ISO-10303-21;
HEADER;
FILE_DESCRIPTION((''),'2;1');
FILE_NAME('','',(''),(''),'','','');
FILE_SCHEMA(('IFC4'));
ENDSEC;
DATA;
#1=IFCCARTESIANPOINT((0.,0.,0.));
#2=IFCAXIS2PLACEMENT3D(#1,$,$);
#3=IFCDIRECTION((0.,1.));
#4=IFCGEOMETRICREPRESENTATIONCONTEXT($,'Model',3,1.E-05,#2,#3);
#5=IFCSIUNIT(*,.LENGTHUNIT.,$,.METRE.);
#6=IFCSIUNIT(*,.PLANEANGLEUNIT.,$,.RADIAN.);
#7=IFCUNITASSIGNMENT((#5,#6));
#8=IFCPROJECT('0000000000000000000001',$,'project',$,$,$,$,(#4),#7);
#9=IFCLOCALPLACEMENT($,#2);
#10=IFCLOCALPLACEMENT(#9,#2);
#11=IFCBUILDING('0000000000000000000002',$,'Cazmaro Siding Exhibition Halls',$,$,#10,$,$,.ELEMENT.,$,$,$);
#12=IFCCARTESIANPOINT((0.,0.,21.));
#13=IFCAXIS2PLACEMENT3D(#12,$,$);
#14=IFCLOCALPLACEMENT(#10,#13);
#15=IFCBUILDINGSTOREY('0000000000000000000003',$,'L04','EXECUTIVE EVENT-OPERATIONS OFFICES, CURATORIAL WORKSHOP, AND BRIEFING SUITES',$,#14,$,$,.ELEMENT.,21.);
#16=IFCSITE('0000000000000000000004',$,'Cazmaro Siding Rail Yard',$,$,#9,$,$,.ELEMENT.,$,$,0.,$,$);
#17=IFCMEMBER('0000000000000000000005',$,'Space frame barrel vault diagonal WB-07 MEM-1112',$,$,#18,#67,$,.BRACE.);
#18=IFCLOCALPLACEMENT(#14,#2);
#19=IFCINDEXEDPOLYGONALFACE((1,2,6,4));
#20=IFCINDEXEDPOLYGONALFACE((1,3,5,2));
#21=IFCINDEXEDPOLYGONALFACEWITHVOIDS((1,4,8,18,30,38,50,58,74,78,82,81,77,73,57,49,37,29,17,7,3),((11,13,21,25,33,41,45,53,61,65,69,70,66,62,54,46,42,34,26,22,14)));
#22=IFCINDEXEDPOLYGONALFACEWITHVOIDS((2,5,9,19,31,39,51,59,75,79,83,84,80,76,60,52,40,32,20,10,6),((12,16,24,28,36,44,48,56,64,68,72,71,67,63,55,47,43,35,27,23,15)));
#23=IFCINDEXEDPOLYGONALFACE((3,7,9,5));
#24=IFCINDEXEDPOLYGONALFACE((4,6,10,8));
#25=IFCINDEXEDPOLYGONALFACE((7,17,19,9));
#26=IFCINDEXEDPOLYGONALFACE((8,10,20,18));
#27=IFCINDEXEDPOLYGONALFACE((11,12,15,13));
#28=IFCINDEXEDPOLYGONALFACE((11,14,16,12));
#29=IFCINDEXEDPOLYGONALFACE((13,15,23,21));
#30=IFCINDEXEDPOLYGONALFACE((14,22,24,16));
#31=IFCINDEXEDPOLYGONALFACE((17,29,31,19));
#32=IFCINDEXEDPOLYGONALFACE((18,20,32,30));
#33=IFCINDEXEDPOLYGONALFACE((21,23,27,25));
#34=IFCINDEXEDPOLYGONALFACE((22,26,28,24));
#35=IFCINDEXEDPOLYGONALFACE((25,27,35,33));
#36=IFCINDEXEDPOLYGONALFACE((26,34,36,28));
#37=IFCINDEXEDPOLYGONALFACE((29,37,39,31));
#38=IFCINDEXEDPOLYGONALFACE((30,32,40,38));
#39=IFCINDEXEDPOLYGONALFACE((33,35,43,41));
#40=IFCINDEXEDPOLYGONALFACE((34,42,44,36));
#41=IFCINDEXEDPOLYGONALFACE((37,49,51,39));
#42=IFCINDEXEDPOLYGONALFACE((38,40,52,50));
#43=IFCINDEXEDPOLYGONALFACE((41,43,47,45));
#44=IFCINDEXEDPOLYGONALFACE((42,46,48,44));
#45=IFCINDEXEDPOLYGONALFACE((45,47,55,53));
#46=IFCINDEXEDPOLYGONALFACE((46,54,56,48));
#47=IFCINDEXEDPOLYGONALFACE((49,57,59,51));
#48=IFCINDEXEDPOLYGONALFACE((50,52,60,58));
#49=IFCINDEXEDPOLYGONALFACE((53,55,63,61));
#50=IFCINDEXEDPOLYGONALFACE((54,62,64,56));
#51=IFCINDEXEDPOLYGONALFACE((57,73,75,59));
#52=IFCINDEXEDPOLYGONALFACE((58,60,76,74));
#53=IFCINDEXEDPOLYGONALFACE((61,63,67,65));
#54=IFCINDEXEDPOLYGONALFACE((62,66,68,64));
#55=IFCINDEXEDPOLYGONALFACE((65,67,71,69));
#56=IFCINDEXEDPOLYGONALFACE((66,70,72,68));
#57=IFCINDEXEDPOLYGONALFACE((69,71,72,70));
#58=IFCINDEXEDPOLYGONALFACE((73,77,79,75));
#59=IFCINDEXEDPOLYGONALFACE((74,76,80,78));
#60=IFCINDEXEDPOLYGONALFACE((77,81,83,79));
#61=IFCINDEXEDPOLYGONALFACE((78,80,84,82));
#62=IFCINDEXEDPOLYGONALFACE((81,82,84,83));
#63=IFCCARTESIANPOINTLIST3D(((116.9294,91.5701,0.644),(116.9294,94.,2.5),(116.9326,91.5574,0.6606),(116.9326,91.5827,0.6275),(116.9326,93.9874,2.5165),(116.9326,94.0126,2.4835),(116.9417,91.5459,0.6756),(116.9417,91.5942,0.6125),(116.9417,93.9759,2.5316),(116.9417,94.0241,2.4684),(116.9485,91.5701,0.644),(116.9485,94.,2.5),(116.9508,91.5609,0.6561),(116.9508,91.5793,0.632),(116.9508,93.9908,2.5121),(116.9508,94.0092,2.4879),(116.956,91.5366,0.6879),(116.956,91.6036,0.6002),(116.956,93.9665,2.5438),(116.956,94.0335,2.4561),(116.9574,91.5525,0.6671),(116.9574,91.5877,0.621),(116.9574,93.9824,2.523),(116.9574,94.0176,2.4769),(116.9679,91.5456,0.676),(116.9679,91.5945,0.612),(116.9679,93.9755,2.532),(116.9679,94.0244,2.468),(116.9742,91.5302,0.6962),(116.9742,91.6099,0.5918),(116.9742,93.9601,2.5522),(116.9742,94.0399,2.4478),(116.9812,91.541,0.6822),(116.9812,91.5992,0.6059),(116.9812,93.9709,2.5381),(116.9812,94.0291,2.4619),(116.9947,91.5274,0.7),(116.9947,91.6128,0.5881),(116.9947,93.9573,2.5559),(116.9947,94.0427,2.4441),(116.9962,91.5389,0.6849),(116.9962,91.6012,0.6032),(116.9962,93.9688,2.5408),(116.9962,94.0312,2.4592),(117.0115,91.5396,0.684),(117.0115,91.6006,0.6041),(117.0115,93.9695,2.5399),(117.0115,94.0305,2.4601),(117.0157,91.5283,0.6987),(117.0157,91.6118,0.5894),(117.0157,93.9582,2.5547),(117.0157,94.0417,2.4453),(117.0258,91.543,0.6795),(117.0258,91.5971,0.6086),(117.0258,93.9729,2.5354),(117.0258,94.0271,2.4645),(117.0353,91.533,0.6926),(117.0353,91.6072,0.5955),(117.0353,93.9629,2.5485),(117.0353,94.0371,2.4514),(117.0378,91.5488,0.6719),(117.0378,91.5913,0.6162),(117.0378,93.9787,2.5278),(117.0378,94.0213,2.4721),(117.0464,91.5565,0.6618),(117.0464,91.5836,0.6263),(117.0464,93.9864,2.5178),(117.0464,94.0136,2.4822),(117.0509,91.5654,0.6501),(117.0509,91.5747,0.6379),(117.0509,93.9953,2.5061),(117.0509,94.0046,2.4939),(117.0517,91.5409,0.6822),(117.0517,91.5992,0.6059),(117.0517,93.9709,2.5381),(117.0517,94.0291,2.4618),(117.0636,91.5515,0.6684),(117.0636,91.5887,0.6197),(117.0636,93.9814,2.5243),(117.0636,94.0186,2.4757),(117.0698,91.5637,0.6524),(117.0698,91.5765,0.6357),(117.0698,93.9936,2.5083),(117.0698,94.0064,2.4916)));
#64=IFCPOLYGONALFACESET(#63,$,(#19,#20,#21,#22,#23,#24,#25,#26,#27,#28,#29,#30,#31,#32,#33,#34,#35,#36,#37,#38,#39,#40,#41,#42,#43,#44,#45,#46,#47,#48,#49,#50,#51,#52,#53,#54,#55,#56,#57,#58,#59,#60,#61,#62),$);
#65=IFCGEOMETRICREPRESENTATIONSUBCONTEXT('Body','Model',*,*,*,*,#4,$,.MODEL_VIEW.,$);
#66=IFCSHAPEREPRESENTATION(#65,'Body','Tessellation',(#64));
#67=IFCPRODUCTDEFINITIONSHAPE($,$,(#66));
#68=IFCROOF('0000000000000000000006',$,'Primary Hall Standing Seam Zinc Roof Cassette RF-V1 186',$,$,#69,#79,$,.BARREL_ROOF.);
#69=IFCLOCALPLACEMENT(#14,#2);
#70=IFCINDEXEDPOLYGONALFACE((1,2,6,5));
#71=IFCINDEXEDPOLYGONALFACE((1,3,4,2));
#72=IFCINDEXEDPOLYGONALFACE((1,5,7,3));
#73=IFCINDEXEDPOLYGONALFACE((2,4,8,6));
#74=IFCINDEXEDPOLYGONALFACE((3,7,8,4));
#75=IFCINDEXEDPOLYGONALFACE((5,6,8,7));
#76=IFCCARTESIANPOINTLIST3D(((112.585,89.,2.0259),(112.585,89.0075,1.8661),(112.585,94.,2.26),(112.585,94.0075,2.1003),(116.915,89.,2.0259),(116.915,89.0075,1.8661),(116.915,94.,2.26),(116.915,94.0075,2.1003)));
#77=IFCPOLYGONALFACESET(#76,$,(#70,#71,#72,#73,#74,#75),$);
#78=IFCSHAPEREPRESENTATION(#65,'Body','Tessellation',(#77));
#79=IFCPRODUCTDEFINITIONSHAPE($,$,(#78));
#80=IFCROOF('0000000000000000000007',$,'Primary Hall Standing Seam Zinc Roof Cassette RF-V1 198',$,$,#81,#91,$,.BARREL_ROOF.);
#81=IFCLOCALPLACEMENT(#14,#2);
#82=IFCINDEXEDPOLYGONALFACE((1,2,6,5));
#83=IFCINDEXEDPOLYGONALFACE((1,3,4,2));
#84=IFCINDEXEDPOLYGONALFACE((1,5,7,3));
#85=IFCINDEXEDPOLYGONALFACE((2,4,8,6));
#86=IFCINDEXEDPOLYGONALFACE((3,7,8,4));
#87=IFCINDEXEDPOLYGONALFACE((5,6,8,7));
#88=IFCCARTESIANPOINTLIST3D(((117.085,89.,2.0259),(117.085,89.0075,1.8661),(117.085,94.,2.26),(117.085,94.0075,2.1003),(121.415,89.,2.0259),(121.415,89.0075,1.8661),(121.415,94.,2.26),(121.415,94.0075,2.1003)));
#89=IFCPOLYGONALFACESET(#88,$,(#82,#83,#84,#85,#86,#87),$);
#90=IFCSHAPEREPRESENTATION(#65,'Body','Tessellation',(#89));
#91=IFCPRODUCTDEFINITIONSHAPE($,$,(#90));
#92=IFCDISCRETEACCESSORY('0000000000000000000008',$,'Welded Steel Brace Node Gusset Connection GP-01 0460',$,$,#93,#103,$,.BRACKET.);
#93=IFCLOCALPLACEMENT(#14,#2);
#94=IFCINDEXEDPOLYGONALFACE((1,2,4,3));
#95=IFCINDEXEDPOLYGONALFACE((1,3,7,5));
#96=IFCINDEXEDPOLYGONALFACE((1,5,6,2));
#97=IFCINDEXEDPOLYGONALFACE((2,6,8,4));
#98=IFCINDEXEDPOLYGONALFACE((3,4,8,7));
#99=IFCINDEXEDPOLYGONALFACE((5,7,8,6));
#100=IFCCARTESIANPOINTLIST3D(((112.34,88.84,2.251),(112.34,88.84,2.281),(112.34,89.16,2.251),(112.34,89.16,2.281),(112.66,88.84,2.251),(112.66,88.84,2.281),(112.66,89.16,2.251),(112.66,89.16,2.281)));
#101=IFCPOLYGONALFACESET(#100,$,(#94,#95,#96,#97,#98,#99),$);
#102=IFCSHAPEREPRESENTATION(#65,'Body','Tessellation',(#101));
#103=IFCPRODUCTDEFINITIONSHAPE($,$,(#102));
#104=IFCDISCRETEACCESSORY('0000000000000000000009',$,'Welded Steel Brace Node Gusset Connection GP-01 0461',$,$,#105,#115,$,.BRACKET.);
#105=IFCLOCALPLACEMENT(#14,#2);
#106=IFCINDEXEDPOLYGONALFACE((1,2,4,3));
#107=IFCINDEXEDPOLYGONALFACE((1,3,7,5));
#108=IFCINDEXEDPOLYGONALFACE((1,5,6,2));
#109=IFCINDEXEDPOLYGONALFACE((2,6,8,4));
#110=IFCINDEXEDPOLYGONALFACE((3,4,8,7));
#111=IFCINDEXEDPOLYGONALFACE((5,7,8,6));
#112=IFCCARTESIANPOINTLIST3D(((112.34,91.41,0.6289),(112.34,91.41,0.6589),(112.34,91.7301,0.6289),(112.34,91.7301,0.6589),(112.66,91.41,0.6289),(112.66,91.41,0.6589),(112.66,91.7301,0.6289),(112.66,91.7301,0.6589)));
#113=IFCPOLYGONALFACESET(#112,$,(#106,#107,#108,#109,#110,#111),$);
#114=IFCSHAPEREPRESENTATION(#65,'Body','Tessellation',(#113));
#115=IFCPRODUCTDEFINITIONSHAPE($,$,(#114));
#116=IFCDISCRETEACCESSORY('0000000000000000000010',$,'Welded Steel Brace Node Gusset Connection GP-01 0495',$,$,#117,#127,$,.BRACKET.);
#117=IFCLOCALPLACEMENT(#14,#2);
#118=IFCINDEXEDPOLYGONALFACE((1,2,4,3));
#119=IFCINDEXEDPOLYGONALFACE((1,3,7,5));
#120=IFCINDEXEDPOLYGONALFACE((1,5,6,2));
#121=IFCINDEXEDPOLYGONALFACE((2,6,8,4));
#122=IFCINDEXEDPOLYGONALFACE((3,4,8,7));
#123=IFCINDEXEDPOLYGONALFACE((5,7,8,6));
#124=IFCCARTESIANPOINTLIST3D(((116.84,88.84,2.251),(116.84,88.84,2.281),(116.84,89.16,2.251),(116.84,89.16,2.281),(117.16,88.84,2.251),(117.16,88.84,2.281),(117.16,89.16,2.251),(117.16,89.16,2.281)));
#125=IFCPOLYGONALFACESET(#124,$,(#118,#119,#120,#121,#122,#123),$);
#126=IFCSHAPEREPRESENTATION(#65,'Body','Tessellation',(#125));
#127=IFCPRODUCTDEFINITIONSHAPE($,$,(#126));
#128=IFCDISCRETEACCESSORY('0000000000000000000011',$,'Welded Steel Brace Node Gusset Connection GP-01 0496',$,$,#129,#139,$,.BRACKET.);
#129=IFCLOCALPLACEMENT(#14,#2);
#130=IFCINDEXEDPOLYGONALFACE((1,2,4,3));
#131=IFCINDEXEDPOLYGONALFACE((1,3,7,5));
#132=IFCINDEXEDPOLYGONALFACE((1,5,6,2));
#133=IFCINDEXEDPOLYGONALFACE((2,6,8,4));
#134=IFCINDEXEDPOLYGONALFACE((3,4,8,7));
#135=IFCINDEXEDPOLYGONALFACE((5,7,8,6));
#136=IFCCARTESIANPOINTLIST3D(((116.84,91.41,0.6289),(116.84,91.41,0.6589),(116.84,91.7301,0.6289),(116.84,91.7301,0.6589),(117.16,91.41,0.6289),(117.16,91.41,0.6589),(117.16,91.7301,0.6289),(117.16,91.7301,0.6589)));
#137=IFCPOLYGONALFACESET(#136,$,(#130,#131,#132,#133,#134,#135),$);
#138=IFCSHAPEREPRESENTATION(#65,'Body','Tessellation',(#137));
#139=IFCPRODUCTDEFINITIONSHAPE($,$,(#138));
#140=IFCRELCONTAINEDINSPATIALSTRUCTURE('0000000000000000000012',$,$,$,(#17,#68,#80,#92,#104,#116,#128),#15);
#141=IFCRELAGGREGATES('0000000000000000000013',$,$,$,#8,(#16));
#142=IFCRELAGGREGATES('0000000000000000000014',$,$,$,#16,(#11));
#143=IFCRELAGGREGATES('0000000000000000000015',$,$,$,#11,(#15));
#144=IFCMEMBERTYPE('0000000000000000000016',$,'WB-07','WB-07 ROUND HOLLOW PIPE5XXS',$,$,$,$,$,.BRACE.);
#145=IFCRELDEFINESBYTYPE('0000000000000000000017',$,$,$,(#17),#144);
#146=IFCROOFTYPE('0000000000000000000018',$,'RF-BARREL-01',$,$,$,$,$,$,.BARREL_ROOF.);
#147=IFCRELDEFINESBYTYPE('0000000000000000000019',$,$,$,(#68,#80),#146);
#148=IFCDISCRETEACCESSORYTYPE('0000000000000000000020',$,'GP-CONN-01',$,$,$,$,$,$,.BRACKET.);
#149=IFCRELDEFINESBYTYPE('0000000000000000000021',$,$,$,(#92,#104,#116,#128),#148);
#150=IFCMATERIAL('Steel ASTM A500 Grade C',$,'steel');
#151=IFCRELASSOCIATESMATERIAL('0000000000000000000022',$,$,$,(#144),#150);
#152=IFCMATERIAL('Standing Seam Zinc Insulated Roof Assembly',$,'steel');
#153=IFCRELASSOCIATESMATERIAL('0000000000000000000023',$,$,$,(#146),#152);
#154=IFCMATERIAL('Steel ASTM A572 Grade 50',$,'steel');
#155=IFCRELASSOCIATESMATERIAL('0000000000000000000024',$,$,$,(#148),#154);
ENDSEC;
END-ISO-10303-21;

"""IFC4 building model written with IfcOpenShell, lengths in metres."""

from ifc_helpers import new_model, si_unit, direction, frame, origin, origin_2d, place, context, subcontext, project, spatial, polyline, rectangle, hollow_circle, outline, extrude, material, material_profile, profile_set, type_object, element, save


model = new_model("IFC4")

# Units and contexts
model_context = context("Model", 3, precision=1e-05, world=origin(), true_north=direction((0.0, 1.0)))
body_context = subcontext(model_context, "Body", "Model", "MODEL_VIEW")
ifc_project = project(units=[si_unit("LENGTHUNIT", "METRE"), si_unit("PLANEANGLEUNIT", "RADIAN")], contexts=[model_context])

# Site, building, storey
site_placement = place(None, origin())
site = spatial("IfcSite", under=ifc_project, at=site_placement, Name="Cazmaro Siding Rail Yard", CompositionType="ELEMENT", RefElevation=0.0)
building_placement = place(site_placement, origin())
building = spatial("IfcBuilding", under=site, at=building_placement, Name="Cazmaro Siding Exhibition Halls", CompositionType="ELEMENT")
storey_placement = place(building_placement, frame((0.0, 0.0, 21.0)))
storey = spatial("IfcBuildingStorey", under=building, at=storey_placement, Name="L04", Description="EXECUTIVE EVENT-OPERATIONS OFFICES, CURATORIAL WORKSHOP, AND BRIEFING SUITES", CompositionType="ELEMENT", Elevation=21.0)

# Member
ifc_material_1 = material(Name="Steel ASTM A500 Grade C", Category="steel")
ifc_material_profile_1 = material_profile(ifc_material_1, hollow_circle(Radius=0.0706, WallThickness=0.019, at=origin_2d()), Name="PIPE5XXS")
ifc_profile_set_1 = profile_set([ifc_material_profile_1], Name="Steel ASTM A500 Grade C")
member_type_1 = type_object("IfcMemberType", Name="WB-07", Description="WB-07 ROUND HOLLOW PIPE5XXS", PredefinedType="BRACE", material=ifc_profile_set_1)
member_1_placement = place(storey_placement, frame((117.0, 91.5701, 0.644), z_axis=(0.0, 0.794709, 0.606991), x_axis=(-1.0, 0.0, 0.0)))
element("IfcMember", 1, at=member_1_placement, inside=storey, type_object=member_type_1, Name="Space frame barrel vault diagonal WB-07 MEM-1112", PredefinedType="BRACE", context=body_context, shape_type="SweptSolid", body=[
    extrude(hollow_circle(Radius=0.0706, WallThickness=0.019, at=origin_2d()), origin(), (0.0, 0.0, 1.0), 3.0576),
])

# Roofs
ifc_material_2 = material(Name="Standing Seam Zinc Insulated Roof Assembly", Category="steel")
roof_type = type_object("IfcRoofType", Name="RF-BARREL-01", PredefinedType="BARREL_ROOF", material=ifc_material_2)
for number, where, z_axis, x_axis, name in (
    (2, (112.585, 89.0, 2.0259), (0.0, -0.046775, 0.998905), (1.0, 0.0, 0.0), "Primary Hall Standing Seam Zinc Roof Cassette RF-V1 186"),
    (3, (117.085, 89.0, 2.0259), (0.0, -0.046775, 0.998905), (1.0, 0.0, 0.0), "Primary Hall Standing Seam Zinc Roof Cassette RF-V1 198"),
):
    element("IfcRoof", number, at=place(storey_placement, frame(where, z_axis=z_axis, x_axis=x_axis)), inside=storey, type_object=roof_type, Name=name, PredefinedType="BARREL_ROOF", context=body_context, shape_type="SweptSolid", body=[
        extrude(outline(polyline([(0.0, 0.0), (4.3301, 0.0), (4.3301, 5.0055), (0.0, 5.0055), (0.0, 0.0)])), origin(), (0.0, 0.0, -1.0), 0.1599),
    ])

# Discrete accessories
ifc_material_3 = material(Name="Steel ASTM A572 Grade 50", Category="steel")
discrete_accessory_type = type_object("IfcDiscreteAccessoryType", Name="GP-CONN-01", PredefinedType="BRACKET", material=ifc_material_3)
for number, where, z_axis, x_axis, name in (
    (4, (112.5, 89.0, 2.251), (0.0, 0.0, 1.0), (1.0, 0.0, 0.0), "Welded Steel Brace Node Gusset Connection GP-01 0460"),
    (5, (112.5, 91.5701, 0.6289), (0.0, 0.0, 1.0), (1.0, 0.0, 0.0), "Welded Steel Brace Node Gusset Connection GP-01 0461"),
    (6, (117.0, 89.0, 2.251), (0.0, 0.0, 1.0), (1.0, 0.0, 0.0), "Welded Steel Brace Node Gusset Connection GP-01 0495"),
    (7, (117.0, 91.5701, 0.6289), (0.0, 0.0, 1.0), (1.0, 0.0, 0.0), "Welded Steel Brace Node Gusset Connection GP-01 0496"),
):
    element("IfcDiscreteAccessory", number, at=place(storey_placement, frame(where, z_axis=z_axis, x_axis=x_axis)), inside=storey, type_object=discrete_accessory_type, Name=name, PredefinedType="BRACKET", context=body_context, shape_type="SweptSolid", body=[
        extrude(rectangle(XDim=0.3201, YDim=0.3201, at=origin_2d()), origin(), (0.0, 0.0, 1.0), 0.03),
    ])

save(model, "model.ifc")
